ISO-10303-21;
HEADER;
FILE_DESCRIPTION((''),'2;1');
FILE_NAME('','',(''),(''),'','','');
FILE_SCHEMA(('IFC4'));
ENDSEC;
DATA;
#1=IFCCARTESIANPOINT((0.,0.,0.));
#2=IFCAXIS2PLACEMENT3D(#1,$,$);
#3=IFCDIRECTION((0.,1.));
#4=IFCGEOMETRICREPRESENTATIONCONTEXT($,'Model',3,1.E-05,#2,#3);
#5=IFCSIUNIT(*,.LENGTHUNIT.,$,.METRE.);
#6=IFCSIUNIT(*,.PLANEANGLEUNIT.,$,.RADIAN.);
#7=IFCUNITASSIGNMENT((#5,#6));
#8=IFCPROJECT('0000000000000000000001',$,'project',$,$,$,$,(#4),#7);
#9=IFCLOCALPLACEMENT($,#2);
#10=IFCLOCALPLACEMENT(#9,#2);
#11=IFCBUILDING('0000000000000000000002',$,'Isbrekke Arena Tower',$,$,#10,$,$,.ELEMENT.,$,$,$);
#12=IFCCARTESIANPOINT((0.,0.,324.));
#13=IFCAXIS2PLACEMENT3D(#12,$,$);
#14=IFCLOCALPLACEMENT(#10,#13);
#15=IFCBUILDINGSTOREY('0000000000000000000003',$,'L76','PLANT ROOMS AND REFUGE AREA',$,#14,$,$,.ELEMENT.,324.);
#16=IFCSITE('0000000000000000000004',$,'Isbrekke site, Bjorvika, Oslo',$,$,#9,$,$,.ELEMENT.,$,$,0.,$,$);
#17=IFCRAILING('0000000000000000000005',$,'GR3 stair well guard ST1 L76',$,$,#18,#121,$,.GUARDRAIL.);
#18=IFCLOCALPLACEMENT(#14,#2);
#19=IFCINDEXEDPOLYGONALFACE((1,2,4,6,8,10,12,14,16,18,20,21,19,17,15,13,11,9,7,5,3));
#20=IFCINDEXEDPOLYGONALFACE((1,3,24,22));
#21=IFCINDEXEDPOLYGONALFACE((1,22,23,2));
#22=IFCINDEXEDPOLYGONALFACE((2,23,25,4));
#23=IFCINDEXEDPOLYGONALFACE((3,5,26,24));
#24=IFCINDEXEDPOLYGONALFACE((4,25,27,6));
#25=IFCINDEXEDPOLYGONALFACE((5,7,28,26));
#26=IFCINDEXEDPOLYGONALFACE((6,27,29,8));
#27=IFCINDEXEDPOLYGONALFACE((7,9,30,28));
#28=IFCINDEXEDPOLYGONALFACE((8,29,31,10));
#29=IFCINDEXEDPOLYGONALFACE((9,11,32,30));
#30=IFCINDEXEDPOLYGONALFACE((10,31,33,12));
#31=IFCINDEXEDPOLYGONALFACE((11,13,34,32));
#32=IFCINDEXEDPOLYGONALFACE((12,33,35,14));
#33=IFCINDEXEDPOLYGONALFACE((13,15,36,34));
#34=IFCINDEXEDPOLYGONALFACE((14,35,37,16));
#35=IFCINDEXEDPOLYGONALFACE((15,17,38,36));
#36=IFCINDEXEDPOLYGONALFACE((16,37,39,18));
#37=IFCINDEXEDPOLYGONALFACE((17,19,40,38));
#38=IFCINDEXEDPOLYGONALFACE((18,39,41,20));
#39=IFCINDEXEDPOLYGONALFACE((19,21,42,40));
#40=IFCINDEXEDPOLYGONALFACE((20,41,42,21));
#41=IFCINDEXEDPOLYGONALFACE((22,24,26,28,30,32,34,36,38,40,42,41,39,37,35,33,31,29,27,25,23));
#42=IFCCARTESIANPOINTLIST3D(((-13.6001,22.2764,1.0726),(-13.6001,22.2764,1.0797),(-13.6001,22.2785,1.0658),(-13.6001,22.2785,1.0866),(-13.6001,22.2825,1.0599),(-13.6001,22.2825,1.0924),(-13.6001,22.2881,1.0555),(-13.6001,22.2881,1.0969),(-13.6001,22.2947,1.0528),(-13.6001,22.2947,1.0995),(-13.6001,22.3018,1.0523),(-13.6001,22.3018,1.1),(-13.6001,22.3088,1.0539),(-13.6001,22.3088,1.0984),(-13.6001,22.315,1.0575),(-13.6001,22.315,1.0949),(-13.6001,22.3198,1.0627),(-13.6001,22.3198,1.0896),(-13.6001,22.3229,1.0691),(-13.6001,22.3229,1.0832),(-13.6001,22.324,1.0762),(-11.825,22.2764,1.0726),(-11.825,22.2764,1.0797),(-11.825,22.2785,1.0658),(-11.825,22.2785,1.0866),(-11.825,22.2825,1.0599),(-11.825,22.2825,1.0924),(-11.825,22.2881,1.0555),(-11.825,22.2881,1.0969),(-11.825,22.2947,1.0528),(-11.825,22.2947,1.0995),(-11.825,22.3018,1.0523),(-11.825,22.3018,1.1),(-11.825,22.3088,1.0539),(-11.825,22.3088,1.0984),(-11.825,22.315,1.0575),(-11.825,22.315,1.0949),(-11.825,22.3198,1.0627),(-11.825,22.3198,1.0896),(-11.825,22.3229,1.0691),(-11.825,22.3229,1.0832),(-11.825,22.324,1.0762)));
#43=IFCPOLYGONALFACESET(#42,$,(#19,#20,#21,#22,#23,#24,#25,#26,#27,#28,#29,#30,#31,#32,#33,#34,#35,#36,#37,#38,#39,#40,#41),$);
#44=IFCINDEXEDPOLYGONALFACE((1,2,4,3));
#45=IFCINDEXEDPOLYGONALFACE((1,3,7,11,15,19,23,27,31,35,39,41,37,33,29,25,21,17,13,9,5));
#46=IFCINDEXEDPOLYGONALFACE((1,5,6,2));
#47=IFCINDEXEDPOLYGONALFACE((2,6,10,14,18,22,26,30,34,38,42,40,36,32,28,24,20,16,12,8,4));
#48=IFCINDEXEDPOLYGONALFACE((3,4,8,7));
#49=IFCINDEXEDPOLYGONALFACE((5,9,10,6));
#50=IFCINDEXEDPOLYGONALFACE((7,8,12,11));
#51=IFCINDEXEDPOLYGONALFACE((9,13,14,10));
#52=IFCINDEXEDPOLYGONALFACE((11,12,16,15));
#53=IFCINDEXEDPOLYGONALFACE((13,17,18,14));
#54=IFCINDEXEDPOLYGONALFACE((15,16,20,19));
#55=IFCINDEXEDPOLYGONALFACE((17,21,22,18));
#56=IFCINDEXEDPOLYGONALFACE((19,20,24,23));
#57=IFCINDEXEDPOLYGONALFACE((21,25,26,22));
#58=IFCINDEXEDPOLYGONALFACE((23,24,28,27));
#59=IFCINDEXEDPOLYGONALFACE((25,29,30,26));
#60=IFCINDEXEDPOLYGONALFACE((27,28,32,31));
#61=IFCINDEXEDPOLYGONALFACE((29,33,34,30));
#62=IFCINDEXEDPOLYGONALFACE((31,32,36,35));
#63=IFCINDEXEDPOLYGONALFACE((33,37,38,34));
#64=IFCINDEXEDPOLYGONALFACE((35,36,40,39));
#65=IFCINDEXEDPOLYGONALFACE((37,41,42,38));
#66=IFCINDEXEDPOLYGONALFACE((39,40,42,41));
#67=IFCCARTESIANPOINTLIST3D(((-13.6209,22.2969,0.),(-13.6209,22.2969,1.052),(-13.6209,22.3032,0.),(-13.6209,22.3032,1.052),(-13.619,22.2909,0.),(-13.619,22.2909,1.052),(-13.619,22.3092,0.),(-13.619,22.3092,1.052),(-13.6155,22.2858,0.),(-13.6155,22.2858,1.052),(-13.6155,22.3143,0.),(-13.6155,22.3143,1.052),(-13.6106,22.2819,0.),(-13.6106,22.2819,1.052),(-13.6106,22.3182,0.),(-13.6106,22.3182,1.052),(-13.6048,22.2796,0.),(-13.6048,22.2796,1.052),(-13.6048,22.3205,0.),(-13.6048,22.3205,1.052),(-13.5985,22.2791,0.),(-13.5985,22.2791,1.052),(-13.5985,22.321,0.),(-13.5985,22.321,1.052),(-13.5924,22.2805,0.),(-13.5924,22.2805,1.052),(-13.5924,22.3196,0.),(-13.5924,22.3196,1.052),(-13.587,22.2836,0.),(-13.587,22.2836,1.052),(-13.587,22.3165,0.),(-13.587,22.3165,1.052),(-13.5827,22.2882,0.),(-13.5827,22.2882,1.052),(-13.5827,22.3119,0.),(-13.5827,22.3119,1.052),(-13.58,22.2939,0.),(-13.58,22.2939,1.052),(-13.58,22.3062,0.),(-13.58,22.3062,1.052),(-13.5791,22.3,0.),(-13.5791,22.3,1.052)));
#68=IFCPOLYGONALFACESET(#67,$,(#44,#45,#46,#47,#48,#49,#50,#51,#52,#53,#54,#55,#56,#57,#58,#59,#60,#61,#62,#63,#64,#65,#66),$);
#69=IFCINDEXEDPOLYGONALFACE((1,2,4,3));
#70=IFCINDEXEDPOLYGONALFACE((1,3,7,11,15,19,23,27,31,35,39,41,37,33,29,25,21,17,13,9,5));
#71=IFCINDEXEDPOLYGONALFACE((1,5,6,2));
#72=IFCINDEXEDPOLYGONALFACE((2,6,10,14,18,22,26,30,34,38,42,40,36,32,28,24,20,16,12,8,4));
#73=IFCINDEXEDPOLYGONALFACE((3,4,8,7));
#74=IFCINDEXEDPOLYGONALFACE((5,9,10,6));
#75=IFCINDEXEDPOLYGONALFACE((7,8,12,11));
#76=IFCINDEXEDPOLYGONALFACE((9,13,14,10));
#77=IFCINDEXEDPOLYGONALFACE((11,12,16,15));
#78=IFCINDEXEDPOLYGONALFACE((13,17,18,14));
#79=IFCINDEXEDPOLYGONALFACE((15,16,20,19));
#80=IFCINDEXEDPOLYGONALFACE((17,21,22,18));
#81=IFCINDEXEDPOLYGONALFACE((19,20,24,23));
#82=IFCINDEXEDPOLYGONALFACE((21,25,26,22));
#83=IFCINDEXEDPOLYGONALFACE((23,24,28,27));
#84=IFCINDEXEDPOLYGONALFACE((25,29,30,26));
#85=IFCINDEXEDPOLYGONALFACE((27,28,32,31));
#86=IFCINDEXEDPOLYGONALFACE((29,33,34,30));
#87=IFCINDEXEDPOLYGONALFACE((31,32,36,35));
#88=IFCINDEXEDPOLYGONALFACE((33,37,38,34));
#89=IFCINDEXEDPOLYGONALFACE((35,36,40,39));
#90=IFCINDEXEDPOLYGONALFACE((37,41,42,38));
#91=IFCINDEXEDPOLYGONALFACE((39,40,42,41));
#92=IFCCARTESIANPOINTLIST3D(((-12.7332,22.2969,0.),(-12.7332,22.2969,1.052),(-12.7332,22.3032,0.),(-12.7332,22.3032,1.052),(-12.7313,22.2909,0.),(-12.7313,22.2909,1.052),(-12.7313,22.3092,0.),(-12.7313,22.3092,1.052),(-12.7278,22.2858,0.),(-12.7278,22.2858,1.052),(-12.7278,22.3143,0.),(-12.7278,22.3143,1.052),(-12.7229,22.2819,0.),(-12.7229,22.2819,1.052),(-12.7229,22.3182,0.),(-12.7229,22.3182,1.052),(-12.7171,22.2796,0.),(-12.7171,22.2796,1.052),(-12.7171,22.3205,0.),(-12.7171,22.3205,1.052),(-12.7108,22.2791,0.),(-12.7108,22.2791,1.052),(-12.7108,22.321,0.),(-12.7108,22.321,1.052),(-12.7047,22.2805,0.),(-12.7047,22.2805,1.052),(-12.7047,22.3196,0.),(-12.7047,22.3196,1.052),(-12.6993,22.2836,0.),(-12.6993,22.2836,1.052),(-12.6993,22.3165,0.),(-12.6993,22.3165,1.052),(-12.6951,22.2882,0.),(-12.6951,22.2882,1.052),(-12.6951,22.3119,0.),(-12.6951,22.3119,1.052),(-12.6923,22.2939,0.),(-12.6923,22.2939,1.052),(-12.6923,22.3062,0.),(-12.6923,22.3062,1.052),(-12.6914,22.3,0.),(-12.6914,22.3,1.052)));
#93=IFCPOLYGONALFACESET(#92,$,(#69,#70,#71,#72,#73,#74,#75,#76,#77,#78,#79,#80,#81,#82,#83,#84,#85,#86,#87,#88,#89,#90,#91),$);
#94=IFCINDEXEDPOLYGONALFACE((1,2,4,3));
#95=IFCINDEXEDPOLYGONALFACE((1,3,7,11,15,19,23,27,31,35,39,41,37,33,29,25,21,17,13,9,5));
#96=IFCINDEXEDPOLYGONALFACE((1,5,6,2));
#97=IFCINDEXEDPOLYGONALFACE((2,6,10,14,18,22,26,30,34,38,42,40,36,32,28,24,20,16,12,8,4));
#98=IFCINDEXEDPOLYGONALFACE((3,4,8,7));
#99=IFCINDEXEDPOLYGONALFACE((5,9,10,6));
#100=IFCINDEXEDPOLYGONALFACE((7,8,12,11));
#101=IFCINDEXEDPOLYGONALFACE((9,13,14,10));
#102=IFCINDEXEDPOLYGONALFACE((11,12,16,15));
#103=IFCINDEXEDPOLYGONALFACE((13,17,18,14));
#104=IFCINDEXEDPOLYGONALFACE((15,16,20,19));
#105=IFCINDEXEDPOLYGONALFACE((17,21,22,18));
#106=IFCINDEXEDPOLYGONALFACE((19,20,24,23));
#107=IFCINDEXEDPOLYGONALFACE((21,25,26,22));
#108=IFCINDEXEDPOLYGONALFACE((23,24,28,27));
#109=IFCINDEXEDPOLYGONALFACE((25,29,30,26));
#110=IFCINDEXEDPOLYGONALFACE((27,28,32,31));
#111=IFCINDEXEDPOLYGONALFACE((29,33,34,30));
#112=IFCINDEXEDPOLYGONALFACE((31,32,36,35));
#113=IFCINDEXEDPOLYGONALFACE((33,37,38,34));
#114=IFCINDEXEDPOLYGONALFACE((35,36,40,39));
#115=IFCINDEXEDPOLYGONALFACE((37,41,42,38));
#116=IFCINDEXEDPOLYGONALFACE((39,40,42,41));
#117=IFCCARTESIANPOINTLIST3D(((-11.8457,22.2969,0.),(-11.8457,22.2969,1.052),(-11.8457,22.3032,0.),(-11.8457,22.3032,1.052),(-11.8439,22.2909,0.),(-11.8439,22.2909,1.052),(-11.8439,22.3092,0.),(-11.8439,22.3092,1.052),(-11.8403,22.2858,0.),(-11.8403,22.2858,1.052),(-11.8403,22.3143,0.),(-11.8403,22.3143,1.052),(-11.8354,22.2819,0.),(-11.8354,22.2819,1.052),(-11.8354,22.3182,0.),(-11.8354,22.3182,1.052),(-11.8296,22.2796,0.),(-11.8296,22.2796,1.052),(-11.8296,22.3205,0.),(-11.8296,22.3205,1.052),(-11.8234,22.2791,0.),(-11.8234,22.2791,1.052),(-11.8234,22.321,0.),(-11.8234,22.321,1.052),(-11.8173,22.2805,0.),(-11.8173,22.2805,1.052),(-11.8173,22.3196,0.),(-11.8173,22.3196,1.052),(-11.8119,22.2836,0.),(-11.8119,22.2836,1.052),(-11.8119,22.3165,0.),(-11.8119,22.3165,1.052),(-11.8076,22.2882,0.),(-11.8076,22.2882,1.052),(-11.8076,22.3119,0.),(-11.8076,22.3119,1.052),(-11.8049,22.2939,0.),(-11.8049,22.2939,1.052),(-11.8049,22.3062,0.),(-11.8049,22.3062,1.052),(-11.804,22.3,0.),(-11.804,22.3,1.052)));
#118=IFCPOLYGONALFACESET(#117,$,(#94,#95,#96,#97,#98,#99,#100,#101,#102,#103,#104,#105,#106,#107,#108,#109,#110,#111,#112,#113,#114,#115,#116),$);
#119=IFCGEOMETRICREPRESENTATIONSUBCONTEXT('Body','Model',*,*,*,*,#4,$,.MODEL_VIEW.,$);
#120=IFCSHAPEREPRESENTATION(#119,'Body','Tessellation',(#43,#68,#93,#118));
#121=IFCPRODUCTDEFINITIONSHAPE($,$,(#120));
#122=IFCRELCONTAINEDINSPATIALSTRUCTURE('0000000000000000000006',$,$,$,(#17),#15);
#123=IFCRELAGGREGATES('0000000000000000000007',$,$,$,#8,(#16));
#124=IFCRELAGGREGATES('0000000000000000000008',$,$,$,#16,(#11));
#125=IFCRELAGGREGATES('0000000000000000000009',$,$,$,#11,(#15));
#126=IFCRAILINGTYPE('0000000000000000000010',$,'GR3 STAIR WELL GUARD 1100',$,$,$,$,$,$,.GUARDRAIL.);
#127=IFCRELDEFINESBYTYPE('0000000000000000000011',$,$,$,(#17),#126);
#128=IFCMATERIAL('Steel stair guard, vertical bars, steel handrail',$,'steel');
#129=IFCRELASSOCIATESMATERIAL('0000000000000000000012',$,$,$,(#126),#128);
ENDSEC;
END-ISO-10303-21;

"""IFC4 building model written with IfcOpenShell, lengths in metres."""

from ifc_helpers import new_model, si_unit, direction, frame, origin, origin_2d, place, context, subcontext, project, spatial, circle, extrude, material, type_object, element, save


model = new_model("IFC4")

# Units and contexts
model_context = context("Model", 3, precision=1e-05, world=origin(), true_north=direction((0.0, 1.0)))
body_context = subcontext(model_context, "Body", "Model", "MODEL_VIEW")
ifc_project = project(units=[si_unit("LENGTHUNIT", "METRE"), si_unit("PLANEANGLEUNIT", "RADIAN")], contexts=[model_context])

# Site, building, storey
site_placement = place(None, origin())
site = spatial("IfcSite", under=ifc_project, at=site_placement, Name="Isbrekke site, Bjorvika, Oslo", CompositionType="ELEMENT", RefElevation=0.0)
building_placement = place(site_placement, origin())
building = spatial("IfcBuilding", under=site, at=building_placement, Name="Isbrekke Arena Tower", CompositionType="ELEMENT")
storey_placement = place(building_placement, frame((0.0, 0.0, 324.0)))
storey = spatial("IfcBuildingStorey", under=building, at=storey_placement, Name="L76", Description="PLANT ROOMS AND REFUGE AREA", CompositionType="ELEMENT", Elevation=324.0)

# Railing
ifc_material_1 = material(Name="Steel stair guard, vertical bars, steel handrail", Category="steel")
railing_type = type_object("IfcRailingType", Name="GR3 STAIR WELL GUARD 1100", PredefinedType="GUARDRAIL", material=ifc_material_1)
railing_placement = place(storey_placement, frame((-13.6001, 22.3, 0.0)))
element("IfcRailing", 1, at=railing_placement, inside=storey, type_object=railing_type, Name="GR3 stair well guard ST1 L76", PredefinedType="GUARDRAIL", context=body_context, shape_type="SweptSolid", body=[
    extrude(circle(Radius=0.0239, at=origin_2d()), frame((0.0, 0.0, 1.0762), z_axis=(1.0, 0.0, 0.0), x_axis=(0.0, 1.0, 0.0)), (0.0, 0.0, 1.0), 1.7751),
    extrude(circle(Radius=0.021, at=origin_2d()), origin(), (0.0, 0.0, 1.0), 1.052),
    extrude(circle(Radius=0.021, at=origin_2d()), frame((0.8877, 0.0, 0.0)), (0.0, 0.0, 1.0), 1.052),
    extrude(circle(Radius=0.021, at=origin_2d()), frame((1.7751, 0.0, 0.0)), (0.0, 0.0, 1.0), 1.052),
])

save(model, "model.ifc")
